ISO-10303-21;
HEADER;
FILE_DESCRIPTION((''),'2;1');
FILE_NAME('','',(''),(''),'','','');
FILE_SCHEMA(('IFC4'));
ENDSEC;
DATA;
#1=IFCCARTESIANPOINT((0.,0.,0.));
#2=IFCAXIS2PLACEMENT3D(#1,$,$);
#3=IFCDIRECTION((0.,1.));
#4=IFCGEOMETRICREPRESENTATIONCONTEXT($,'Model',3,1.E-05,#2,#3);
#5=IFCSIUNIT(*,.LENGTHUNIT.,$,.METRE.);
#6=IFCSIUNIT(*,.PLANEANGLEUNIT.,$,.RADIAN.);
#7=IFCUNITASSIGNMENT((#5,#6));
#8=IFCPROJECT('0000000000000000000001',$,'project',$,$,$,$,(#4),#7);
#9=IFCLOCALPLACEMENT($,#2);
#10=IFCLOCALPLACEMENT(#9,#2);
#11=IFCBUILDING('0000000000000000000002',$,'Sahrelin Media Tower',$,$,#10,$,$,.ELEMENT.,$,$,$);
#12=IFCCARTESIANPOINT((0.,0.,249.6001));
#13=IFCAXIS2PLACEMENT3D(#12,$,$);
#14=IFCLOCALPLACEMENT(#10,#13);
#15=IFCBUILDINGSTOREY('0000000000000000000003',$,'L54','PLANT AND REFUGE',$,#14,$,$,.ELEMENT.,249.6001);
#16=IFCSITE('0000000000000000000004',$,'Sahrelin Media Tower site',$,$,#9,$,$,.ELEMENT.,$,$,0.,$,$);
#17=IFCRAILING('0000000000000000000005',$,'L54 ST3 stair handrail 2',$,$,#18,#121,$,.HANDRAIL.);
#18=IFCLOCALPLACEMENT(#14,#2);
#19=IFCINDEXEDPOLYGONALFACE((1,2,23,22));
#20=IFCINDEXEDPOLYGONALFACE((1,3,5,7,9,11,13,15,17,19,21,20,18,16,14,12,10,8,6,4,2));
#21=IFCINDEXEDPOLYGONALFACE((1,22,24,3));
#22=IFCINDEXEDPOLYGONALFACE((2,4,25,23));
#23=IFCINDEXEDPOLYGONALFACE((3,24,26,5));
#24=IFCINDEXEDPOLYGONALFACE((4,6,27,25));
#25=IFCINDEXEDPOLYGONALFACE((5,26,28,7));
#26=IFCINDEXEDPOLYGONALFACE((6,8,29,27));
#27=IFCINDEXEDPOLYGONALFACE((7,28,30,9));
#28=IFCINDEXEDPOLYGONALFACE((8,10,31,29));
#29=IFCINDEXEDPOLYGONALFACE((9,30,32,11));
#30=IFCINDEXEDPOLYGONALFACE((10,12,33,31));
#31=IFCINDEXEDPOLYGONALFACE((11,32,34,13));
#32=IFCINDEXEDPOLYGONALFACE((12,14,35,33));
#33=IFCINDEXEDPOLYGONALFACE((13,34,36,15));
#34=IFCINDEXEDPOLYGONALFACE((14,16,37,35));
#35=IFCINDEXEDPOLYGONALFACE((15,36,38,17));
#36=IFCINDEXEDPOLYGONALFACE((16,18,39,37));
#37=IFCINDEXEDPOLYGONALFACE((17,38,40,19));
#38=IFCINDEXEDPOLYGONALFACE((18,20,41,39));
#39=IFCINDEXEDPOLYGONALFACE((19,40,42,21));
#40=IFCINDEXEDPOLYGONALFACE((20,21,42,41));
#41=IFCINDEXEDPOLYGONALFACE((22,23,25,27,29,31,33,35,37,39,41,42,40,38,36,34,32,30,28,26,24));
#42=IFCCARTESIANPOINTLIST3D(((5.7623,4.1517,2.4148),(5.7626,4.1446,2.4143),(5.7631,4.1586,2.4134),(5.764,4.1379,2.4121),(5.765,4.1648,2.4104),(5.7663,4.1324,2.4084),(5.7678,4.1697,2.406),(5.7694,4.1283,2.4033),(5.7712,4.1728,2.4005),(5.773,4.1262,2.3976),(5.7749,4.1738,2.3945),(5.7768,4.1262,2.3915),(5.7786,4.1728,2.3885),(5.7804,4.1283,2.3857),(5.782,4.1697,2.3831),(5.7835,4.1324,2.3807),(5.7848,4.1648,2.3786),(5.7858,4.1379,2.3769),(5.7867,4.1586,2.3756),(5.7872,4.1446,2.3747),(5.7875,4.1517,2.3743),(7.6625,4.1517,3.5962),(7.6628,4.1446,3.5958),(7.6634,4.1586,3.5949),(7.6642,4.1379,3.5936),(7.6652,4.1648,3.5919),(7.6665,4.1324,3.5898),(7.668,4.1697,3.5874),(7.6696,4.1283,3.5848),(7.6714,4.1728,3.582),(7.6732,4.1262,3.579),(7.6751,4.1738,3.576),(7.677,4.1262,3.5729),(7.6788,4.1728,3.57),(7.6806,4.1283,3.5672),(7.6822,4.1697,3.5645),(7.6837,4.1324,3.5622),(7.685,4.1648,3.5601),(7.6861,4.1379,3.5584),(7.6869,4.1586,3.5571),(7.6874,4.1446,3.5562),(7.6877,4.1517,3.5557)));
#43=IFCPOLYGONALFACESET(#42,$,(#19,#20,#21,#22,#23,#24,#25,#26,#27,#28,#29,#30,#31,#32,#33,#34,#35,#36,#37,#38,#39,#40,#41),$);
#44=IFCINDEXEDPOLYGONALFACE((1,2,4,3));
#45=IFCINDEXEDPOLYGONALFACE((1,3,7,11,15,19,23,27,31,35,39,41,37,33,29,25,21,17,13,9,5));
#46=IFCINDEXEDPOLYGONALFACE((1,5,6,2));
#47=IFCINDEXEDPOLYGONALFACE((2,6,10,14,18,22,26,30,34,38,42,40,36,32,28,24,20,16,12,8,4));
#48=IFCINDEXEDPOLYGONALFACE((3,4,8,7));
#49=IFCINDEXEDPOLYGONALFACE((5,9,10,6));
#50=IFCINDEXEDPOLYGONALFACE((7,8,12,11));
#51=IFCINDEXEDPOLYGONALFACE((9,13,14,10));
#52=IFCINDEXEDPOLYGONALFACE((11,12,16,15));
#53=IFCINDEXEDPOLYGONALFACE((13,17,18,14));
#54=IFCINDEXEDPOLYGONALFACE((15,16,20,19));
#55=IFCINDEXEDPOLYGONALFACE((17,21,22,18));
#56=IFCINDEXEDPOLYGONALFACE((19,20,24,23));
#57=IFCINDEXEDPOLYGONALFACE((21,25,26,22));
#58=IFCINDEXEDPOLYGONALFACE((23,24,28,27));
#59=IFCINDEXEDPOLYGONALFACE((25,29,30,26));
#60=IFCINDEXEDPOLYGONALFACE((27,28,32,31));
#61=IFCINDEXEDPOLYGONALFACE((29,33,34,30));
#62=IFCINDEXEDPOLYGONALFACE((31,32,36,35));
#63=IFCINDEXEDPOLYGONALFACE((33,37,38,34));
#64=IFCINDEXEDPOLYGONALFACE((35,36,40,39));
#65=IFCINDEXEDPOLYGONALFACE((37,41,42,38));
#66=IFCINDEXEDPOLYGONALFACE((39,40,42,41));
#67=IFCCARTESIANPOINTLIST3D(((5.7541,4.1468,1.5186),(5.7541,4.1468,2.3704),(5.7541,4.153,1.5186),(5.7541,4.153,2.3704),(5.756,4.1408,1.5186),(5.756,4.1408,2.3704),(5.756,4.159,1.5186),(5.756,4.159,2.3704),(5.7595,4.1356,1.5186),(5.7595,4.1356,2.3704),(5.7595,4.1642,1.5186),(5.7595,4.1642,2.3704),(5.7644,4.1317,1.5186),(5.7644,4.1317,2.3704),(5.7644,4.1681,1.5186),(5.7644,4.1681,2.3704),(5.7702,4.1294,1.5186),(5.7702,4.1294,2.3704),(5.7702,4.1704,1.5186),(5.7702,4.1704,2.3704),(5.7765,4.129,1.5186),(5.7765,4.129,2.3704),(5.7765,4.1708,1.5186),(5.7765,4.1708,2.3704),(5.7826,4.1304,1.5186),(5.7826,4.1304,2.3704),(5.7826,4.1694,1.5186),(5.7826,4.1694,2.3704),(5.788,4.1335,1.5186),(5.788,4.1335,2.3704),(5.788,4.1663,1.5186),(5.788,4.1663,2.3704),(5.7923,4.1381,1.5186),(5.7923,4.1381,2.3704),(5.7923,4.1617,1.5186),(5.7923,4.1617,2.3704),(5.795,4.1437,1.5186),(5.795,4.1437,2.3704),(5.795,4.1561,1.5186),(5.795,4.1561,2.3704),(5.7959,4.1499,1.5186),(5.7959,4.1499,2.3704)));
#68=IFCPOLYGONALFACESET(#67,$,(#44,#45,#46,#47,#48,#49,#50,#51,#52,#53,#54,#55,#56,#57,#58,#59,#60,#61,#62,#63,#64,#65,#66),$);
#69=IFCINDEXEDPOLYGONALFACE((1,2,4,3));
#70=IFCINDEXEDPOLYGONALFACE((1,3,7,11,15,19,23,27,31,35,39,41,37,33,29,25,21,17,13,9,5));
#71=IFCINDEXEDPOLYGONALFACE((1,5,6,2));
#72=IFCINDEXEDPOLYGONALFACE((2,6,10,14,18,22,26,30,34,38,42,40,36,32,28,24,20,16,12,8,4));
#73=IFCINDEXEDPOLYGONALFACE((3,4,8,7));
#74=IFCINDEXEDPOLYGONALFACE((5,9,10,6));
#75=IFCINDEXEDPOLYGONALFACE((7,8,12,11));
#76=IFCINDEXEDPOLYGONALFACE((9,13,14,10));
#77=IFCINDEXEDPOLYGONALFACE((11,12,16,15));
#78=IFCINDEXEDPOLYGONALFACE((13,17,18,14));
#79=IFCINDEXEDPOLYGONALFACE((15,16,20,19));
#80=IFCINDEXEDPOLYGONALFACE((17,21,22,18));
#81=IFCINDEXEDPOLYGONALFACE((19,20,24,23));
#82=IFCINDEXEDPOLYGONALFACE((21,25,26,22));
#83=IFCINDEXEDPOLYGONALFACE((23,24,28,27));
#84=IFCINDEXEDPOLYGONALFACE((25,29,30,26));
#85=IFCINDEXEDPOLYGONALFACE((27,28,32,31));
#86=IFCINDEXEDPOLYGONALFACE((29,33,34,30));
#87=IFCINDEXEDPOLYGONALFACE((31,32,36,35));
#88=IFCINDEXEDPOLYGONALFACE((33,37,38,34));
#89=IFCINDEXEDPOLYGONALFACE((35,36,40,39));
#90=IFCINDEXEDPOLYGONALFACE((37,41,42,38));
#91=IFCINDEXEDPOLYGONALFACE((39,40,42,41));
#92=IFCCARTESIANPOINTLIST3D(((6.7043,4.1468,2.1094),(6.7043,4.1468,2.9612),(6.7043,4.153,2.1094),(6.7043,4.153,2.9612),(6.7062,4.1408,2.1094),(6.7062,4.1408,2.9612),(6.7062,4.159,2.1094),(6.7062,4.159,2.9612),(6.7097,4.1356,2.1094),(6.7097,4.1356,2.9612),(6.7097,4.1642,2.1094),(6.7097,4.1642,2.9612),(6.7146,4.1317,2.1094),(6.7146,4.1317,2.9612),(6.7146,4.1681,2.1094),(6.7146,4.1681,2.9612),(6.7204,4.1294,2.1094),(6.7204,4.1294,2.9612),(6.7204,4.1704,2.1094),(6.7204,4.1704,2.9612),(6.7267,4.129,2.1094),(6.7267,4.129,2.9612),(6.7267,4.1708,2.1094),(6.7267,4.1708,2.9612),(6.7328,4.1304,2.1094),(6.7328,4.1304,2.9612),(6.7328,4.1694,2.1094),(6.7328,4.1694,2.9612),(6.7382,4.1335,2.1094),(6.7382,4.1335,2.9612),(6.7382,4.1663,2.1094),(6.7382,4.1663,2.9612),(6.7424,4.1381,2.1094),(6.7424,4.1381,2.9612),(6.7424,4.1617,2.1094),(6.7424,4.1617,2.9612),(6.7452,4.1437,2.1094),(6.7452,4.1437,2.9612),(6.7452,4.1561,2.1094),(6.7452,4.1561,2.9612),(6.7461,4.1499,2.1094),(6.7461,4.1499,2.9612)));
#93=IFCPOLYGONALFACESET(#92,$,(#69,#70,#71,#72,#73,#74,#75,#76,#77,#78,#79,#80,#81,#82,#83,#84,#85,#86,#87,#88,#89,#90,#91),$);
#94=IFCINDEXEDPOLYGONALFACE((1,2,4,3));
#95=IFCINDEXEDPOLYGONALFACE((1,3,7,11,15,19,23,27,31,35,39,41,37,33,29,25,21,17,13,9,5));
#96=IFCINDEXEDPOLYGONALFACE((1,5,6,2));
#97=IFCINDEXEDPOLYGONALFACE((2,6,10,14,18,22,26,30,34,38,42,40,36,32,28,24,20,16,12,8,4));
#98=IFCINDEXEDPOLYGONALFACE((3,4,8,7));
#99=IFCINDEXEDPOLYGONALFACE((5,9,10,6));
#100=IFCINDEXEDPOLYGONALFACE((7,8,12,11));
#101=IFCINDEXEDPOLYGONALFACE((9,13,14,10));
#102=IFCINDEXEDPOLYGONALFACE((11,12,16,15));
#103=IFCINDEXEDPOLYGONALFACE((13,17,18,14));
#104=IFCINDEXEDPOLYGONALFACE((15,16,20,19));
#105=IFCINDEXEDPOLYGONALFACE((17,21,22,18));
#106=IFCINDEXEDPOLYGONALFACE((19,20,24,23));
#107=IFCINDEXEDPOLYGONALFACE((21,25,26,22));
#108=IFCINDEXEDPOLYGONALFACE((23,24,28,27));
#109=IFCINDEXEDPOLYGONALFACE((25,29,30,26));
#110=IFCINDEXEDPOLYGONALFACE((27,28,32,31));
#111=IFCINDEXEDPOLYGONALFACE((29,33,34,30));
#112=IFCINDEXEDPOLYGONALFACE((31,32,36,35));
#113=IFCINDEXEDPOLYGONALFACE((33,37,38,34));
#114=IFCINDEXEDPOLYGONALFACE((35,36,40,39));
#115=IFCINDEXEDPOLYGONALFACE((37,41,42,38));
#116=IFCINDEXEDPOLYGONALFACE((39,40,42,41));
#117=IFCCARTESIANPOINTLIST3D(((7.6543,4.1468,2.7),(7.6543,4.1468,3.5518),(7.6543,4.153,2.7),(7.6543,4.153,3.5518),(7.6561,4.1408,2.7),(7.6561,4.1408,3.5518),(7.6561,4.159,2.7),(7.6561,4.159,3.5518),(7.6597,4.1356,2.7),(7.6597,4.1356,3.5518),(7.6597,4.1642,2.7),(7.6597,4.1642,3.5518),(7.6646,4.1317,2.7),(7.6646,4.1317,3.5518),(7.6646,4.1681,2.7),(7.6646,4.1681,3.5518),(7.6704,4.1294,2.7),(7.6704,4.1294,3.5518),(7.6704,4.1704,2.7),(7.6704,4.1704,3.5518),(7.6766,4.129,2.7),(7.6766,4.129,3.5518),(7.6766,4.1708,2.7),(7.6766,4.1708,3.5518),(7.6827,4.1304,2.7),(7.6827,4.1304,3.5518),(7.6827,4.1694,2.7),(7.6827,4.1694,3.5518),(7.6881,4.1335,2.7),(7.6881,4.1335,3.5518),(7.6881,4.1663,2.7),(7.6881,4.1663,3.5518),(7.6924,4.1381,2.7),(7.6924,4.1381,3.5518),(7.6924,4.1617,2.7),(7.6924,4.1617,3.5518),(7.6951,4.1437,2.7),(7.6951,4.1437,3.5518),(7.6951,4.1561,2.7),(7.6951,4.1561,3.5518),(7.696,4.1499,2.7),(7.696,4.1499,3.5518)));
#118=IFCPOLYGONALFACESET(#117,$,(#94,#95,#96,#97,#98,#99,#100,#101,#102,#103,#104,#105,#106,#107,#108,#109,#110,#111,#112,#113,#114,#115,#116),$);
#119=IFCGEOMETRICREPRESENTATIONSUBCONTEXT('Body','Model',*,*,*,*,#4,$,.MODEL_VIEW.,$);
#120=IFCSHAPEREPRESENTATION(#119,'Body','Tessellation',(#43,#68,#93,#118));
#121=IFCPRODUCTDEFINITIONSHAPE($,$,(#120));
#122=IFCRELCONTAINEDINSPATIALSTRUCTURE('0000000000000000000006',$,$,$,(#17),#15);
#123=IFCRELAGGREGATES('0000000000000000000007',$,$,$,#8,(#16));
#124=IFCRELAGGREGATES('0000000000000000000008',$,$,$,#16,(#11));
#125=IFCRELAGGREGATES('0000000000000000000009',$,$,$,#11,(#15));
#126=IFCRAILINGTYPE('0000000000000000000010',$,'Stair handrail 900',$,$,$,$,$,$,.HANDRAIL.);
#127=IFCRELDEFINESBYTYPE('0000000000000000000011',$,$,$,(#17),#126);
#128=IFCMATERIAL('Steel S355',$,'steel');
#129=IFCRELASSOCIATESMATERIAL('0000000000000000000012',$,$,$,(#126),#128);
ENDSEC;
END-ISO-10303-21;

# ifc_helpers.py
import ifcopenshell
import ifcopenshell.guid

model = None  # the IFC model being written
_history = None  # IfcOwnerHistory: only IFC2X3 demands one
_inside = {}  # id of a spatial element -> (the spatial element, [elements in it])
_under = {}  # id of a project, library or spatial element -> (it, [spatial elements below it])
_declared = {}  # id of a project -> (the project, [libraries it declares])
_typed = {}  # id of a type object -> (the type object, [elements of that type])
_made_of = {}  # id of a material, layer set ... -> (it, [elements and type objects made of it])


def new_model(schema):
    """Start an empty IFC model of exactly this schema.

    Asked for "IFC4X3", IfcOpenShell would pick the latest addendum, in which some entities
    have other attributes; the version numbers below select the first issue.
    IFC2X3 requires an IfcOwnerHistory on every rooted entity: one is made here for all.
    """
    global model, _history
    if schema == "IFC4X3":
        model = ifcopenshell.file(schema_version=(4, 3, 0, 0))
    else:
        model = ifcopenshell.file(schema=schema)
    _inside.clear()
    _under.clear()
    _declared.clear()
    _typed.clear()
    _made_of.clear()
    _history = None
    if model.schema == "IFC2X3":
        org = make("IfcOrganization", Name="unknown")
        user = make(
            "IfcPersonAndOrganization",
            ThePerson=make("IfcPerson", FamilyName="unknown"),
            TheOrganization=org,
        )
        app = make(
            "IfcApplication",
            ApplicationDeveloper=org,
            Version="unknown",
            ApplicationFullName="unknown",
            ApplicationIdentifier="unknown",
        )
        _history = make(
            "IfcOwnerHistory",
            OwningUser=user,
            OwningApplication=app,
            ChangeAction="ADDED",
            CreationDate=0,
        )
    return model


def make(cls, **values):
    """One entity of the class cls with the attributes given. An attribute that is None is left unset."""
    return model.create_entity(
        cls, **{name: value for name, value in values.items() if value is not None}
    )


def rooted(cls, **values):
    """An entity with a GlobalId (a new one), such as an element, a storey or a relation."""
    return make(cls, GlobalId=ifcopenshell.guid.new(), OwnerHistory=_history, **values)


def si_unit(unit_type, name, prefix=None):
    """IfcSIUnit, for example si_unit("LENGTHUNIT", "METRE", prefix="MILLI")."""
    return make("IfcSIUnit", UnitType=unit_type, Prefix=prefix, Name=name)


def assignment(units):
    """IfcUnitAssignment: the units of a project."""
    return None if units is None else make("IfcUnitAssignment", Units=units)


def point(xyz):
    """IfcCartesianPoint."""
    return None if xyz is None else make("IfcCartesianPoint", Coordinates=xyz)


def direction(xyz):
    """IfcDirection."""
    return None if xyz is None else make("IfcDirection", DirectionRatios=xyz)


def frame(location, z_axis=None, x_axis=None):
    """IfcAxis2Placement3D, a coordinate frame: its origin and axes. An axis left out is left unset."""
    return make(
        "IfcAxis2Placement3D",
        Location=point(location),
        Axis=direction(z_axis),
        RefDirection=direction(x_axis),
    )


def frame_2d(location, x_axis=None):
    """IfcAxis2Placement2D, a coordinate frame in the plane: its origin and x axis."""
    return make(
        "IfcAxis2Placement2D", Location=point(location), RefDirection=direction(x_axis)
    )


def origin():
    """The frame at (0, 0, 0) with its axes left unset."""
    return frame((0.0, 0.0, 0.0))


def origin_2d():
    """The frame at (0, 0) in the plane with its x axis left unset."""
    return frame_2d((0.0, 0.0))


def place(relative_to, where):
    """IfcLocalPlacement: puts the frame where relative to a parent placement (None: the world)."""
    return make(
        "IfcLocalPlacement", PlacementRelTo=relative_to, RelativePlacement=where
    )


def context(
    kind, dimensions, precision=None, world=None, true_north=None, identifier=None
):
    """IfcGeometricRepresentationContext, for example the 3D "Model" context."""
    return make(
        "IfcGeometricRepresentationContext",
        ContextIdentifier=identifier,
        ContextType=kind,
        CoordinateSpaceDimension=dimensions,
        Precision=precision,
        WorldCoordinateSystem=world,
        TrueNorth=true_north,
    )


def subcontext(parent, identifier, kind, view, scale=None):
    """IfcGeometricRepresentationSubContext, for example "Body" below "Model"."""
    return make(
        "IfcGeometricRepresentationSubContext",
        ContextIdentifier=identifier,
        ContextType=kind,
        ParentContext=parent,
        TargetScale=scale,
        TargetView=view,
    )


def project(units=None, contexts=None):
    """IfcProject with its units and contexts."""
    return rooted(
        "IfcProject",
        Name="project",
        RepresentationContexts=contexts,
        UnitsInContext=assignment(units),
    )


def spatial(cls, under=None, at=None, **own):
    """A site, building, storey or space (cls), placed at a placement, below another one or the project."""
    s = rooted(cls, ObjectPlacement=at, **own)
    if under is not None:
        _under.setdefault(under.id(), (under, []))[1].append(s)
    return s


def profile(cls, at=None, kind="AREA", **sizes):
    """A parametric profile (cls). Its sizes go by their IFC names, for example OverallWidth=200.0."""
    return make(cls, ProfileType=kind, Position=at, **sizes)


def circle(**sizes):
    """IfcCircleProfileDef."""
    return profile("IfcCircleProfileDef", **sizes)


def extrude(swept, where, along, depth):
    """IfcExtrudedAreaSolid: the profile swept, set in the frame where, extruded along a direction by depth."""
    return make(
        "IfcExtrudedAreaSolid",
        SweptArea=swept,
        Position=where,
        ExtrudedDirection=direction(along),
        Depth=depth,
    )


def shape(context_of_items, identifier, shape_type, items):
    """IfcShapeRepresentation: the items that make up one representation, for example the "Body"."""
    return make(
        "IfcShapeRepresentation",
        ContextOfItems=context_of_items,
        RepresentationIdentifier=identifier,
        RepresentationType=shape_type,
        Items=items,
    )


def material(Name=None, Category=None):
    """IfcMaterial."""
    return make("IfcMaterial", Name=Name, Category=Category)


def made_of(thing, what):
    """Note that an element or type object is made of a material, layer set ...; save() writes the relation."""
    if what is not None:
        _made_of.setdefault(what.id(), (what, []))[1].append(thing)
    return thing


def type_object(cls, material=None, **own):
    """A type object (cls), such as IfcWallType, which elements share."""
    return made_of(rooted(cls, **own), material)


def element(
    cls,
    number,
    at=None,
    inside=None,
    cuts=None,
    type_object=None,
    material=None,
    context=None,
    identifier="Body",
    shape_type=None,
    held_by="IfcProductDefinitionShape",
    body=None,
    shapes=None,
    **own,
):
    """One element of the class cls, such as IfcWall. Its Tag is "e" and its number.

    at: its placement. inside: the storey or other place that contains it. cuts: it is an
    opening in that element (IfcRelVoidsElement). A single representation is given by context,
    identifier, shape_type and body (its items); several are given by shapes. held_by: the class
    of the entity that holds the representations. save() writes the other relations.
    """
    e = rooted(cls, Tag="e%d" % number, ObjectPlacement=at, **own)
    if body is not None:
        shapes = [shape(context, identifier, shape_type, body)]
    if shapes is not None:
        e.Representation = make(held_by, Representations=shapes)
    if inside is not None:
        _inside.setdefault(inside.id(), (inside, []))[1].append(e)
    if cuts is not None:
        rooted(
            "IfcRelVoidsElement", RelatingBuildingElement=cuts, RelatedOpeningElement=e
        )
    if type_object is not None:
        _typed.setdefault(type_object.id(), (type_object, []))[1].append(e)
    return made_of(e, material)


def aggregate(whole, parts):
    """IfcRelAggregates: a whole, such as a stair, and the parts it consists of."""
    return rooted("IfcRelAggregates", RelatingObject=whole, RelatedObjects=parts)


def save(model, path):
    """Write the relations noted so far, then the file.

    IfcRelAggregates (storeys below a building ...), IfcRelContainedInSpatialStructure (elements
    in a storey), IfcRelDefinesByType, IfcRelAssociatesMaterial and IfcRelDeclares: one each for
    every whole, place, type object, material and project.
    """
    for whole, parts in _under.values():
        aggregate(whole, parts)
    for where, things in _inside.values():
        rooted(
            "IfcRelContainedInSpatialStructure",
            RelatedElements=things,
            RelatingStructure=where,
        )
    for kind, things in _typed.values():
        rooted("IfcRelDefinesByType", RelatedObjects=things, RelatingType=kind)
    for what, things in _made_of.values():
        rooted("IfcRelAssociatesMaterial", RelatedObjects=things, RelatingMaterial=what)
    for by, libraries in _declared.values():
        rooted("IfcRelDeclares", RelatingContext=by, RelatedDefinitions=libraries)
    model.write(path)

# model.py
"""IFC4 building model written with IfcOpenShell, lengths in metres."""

from ifc_helpers import new_model, si_unit, direction, frame, origin, origin_2d, place, context, subcontext, project, spatial, circle, extrude, material, type_object, element, save


model = new_model("IFC4")

# Units and contexts
model_context = context("Model", 3, precision=1e-05, world=origin(), true_north=direction((0.0, 1.0)))
body_context = subcontext(model_context, "Body", "Model", "MODEL_VIEW")
ifc_project = project(units=[si_unit("LENGTHUNIT", "METRE"), si_unit("PLANEANGLEUNIT", "RADIAN")], contexts=[model_context])

# Site, building, storey
site_placement = place(None, origin())
site = spatial("IfcSite", under=ifc_project, at=site_placement, Name="Sahrelin Media Tower site", CompositionType="ELEMENT", RefElevation=0.0)
building_placement = place(site_placement, origin())
building = spatial("IfcBuilding", under=site, at=building_placement, Name="Sahrelin Media Tower", CompositionType="ELEMENT")
storey_placement = place(building_placement, frame((0.0, 0.0, 249.6001)))
storey = spatial("IfcBuildingStorey", under=building, at=storey_placement, Name="L54", Description="PLANT AND REFUGE", CompositionType="ELEMENT", Elevation=249.6001)

# Shared definitions
ifc_material_1 = material(Name="Steel S355", Category="steel")

# Railing
railing_type_1 = type_object("IfcRailingType", Name="Stair handrail 900", PredefinedType="HANDRAIL", material=ifc_material_1)
railing_1_placement = place(storey_placement, frame((5.7749, 4.1499, 1.5186)))
element("IfcRailing", 1, at=railing_1_placement, inside=storey, type_object=railing_type_1, Name="L54 ST3 stair handrail 2", PredefinedType="HANDRAIL", context=body_context, shape_type="SweptSolid", body=[
    extrude(circle(Radius=0.0239, at=origin_2d()), frame((0.0, 0.0, 0.876), z_axis=(0.84924, 0.0, 0.528006), x_axis=(0.0, 1.0, 0.0)), (0.0, 0.0, 1.0), 2.2375),
    extrude(circle(Radius=0.021, at=origin_2d()), origin(), (0.0, 0.0, 1.0), 0.8518),
    extrude(circle(Radius=0.021, at=origin_2d()), frame((0.9502, 0.0, 0.5908)), (0.0, 0.0, 1.0), 0.8518),
    extrude(circle(Radius=0.021, at=origin_2d()), frame((1.9001, 0.0, 1.1814)), (0.0, 0.0, 1.0), 0.8518),
])

save(model, "model.ifc")
